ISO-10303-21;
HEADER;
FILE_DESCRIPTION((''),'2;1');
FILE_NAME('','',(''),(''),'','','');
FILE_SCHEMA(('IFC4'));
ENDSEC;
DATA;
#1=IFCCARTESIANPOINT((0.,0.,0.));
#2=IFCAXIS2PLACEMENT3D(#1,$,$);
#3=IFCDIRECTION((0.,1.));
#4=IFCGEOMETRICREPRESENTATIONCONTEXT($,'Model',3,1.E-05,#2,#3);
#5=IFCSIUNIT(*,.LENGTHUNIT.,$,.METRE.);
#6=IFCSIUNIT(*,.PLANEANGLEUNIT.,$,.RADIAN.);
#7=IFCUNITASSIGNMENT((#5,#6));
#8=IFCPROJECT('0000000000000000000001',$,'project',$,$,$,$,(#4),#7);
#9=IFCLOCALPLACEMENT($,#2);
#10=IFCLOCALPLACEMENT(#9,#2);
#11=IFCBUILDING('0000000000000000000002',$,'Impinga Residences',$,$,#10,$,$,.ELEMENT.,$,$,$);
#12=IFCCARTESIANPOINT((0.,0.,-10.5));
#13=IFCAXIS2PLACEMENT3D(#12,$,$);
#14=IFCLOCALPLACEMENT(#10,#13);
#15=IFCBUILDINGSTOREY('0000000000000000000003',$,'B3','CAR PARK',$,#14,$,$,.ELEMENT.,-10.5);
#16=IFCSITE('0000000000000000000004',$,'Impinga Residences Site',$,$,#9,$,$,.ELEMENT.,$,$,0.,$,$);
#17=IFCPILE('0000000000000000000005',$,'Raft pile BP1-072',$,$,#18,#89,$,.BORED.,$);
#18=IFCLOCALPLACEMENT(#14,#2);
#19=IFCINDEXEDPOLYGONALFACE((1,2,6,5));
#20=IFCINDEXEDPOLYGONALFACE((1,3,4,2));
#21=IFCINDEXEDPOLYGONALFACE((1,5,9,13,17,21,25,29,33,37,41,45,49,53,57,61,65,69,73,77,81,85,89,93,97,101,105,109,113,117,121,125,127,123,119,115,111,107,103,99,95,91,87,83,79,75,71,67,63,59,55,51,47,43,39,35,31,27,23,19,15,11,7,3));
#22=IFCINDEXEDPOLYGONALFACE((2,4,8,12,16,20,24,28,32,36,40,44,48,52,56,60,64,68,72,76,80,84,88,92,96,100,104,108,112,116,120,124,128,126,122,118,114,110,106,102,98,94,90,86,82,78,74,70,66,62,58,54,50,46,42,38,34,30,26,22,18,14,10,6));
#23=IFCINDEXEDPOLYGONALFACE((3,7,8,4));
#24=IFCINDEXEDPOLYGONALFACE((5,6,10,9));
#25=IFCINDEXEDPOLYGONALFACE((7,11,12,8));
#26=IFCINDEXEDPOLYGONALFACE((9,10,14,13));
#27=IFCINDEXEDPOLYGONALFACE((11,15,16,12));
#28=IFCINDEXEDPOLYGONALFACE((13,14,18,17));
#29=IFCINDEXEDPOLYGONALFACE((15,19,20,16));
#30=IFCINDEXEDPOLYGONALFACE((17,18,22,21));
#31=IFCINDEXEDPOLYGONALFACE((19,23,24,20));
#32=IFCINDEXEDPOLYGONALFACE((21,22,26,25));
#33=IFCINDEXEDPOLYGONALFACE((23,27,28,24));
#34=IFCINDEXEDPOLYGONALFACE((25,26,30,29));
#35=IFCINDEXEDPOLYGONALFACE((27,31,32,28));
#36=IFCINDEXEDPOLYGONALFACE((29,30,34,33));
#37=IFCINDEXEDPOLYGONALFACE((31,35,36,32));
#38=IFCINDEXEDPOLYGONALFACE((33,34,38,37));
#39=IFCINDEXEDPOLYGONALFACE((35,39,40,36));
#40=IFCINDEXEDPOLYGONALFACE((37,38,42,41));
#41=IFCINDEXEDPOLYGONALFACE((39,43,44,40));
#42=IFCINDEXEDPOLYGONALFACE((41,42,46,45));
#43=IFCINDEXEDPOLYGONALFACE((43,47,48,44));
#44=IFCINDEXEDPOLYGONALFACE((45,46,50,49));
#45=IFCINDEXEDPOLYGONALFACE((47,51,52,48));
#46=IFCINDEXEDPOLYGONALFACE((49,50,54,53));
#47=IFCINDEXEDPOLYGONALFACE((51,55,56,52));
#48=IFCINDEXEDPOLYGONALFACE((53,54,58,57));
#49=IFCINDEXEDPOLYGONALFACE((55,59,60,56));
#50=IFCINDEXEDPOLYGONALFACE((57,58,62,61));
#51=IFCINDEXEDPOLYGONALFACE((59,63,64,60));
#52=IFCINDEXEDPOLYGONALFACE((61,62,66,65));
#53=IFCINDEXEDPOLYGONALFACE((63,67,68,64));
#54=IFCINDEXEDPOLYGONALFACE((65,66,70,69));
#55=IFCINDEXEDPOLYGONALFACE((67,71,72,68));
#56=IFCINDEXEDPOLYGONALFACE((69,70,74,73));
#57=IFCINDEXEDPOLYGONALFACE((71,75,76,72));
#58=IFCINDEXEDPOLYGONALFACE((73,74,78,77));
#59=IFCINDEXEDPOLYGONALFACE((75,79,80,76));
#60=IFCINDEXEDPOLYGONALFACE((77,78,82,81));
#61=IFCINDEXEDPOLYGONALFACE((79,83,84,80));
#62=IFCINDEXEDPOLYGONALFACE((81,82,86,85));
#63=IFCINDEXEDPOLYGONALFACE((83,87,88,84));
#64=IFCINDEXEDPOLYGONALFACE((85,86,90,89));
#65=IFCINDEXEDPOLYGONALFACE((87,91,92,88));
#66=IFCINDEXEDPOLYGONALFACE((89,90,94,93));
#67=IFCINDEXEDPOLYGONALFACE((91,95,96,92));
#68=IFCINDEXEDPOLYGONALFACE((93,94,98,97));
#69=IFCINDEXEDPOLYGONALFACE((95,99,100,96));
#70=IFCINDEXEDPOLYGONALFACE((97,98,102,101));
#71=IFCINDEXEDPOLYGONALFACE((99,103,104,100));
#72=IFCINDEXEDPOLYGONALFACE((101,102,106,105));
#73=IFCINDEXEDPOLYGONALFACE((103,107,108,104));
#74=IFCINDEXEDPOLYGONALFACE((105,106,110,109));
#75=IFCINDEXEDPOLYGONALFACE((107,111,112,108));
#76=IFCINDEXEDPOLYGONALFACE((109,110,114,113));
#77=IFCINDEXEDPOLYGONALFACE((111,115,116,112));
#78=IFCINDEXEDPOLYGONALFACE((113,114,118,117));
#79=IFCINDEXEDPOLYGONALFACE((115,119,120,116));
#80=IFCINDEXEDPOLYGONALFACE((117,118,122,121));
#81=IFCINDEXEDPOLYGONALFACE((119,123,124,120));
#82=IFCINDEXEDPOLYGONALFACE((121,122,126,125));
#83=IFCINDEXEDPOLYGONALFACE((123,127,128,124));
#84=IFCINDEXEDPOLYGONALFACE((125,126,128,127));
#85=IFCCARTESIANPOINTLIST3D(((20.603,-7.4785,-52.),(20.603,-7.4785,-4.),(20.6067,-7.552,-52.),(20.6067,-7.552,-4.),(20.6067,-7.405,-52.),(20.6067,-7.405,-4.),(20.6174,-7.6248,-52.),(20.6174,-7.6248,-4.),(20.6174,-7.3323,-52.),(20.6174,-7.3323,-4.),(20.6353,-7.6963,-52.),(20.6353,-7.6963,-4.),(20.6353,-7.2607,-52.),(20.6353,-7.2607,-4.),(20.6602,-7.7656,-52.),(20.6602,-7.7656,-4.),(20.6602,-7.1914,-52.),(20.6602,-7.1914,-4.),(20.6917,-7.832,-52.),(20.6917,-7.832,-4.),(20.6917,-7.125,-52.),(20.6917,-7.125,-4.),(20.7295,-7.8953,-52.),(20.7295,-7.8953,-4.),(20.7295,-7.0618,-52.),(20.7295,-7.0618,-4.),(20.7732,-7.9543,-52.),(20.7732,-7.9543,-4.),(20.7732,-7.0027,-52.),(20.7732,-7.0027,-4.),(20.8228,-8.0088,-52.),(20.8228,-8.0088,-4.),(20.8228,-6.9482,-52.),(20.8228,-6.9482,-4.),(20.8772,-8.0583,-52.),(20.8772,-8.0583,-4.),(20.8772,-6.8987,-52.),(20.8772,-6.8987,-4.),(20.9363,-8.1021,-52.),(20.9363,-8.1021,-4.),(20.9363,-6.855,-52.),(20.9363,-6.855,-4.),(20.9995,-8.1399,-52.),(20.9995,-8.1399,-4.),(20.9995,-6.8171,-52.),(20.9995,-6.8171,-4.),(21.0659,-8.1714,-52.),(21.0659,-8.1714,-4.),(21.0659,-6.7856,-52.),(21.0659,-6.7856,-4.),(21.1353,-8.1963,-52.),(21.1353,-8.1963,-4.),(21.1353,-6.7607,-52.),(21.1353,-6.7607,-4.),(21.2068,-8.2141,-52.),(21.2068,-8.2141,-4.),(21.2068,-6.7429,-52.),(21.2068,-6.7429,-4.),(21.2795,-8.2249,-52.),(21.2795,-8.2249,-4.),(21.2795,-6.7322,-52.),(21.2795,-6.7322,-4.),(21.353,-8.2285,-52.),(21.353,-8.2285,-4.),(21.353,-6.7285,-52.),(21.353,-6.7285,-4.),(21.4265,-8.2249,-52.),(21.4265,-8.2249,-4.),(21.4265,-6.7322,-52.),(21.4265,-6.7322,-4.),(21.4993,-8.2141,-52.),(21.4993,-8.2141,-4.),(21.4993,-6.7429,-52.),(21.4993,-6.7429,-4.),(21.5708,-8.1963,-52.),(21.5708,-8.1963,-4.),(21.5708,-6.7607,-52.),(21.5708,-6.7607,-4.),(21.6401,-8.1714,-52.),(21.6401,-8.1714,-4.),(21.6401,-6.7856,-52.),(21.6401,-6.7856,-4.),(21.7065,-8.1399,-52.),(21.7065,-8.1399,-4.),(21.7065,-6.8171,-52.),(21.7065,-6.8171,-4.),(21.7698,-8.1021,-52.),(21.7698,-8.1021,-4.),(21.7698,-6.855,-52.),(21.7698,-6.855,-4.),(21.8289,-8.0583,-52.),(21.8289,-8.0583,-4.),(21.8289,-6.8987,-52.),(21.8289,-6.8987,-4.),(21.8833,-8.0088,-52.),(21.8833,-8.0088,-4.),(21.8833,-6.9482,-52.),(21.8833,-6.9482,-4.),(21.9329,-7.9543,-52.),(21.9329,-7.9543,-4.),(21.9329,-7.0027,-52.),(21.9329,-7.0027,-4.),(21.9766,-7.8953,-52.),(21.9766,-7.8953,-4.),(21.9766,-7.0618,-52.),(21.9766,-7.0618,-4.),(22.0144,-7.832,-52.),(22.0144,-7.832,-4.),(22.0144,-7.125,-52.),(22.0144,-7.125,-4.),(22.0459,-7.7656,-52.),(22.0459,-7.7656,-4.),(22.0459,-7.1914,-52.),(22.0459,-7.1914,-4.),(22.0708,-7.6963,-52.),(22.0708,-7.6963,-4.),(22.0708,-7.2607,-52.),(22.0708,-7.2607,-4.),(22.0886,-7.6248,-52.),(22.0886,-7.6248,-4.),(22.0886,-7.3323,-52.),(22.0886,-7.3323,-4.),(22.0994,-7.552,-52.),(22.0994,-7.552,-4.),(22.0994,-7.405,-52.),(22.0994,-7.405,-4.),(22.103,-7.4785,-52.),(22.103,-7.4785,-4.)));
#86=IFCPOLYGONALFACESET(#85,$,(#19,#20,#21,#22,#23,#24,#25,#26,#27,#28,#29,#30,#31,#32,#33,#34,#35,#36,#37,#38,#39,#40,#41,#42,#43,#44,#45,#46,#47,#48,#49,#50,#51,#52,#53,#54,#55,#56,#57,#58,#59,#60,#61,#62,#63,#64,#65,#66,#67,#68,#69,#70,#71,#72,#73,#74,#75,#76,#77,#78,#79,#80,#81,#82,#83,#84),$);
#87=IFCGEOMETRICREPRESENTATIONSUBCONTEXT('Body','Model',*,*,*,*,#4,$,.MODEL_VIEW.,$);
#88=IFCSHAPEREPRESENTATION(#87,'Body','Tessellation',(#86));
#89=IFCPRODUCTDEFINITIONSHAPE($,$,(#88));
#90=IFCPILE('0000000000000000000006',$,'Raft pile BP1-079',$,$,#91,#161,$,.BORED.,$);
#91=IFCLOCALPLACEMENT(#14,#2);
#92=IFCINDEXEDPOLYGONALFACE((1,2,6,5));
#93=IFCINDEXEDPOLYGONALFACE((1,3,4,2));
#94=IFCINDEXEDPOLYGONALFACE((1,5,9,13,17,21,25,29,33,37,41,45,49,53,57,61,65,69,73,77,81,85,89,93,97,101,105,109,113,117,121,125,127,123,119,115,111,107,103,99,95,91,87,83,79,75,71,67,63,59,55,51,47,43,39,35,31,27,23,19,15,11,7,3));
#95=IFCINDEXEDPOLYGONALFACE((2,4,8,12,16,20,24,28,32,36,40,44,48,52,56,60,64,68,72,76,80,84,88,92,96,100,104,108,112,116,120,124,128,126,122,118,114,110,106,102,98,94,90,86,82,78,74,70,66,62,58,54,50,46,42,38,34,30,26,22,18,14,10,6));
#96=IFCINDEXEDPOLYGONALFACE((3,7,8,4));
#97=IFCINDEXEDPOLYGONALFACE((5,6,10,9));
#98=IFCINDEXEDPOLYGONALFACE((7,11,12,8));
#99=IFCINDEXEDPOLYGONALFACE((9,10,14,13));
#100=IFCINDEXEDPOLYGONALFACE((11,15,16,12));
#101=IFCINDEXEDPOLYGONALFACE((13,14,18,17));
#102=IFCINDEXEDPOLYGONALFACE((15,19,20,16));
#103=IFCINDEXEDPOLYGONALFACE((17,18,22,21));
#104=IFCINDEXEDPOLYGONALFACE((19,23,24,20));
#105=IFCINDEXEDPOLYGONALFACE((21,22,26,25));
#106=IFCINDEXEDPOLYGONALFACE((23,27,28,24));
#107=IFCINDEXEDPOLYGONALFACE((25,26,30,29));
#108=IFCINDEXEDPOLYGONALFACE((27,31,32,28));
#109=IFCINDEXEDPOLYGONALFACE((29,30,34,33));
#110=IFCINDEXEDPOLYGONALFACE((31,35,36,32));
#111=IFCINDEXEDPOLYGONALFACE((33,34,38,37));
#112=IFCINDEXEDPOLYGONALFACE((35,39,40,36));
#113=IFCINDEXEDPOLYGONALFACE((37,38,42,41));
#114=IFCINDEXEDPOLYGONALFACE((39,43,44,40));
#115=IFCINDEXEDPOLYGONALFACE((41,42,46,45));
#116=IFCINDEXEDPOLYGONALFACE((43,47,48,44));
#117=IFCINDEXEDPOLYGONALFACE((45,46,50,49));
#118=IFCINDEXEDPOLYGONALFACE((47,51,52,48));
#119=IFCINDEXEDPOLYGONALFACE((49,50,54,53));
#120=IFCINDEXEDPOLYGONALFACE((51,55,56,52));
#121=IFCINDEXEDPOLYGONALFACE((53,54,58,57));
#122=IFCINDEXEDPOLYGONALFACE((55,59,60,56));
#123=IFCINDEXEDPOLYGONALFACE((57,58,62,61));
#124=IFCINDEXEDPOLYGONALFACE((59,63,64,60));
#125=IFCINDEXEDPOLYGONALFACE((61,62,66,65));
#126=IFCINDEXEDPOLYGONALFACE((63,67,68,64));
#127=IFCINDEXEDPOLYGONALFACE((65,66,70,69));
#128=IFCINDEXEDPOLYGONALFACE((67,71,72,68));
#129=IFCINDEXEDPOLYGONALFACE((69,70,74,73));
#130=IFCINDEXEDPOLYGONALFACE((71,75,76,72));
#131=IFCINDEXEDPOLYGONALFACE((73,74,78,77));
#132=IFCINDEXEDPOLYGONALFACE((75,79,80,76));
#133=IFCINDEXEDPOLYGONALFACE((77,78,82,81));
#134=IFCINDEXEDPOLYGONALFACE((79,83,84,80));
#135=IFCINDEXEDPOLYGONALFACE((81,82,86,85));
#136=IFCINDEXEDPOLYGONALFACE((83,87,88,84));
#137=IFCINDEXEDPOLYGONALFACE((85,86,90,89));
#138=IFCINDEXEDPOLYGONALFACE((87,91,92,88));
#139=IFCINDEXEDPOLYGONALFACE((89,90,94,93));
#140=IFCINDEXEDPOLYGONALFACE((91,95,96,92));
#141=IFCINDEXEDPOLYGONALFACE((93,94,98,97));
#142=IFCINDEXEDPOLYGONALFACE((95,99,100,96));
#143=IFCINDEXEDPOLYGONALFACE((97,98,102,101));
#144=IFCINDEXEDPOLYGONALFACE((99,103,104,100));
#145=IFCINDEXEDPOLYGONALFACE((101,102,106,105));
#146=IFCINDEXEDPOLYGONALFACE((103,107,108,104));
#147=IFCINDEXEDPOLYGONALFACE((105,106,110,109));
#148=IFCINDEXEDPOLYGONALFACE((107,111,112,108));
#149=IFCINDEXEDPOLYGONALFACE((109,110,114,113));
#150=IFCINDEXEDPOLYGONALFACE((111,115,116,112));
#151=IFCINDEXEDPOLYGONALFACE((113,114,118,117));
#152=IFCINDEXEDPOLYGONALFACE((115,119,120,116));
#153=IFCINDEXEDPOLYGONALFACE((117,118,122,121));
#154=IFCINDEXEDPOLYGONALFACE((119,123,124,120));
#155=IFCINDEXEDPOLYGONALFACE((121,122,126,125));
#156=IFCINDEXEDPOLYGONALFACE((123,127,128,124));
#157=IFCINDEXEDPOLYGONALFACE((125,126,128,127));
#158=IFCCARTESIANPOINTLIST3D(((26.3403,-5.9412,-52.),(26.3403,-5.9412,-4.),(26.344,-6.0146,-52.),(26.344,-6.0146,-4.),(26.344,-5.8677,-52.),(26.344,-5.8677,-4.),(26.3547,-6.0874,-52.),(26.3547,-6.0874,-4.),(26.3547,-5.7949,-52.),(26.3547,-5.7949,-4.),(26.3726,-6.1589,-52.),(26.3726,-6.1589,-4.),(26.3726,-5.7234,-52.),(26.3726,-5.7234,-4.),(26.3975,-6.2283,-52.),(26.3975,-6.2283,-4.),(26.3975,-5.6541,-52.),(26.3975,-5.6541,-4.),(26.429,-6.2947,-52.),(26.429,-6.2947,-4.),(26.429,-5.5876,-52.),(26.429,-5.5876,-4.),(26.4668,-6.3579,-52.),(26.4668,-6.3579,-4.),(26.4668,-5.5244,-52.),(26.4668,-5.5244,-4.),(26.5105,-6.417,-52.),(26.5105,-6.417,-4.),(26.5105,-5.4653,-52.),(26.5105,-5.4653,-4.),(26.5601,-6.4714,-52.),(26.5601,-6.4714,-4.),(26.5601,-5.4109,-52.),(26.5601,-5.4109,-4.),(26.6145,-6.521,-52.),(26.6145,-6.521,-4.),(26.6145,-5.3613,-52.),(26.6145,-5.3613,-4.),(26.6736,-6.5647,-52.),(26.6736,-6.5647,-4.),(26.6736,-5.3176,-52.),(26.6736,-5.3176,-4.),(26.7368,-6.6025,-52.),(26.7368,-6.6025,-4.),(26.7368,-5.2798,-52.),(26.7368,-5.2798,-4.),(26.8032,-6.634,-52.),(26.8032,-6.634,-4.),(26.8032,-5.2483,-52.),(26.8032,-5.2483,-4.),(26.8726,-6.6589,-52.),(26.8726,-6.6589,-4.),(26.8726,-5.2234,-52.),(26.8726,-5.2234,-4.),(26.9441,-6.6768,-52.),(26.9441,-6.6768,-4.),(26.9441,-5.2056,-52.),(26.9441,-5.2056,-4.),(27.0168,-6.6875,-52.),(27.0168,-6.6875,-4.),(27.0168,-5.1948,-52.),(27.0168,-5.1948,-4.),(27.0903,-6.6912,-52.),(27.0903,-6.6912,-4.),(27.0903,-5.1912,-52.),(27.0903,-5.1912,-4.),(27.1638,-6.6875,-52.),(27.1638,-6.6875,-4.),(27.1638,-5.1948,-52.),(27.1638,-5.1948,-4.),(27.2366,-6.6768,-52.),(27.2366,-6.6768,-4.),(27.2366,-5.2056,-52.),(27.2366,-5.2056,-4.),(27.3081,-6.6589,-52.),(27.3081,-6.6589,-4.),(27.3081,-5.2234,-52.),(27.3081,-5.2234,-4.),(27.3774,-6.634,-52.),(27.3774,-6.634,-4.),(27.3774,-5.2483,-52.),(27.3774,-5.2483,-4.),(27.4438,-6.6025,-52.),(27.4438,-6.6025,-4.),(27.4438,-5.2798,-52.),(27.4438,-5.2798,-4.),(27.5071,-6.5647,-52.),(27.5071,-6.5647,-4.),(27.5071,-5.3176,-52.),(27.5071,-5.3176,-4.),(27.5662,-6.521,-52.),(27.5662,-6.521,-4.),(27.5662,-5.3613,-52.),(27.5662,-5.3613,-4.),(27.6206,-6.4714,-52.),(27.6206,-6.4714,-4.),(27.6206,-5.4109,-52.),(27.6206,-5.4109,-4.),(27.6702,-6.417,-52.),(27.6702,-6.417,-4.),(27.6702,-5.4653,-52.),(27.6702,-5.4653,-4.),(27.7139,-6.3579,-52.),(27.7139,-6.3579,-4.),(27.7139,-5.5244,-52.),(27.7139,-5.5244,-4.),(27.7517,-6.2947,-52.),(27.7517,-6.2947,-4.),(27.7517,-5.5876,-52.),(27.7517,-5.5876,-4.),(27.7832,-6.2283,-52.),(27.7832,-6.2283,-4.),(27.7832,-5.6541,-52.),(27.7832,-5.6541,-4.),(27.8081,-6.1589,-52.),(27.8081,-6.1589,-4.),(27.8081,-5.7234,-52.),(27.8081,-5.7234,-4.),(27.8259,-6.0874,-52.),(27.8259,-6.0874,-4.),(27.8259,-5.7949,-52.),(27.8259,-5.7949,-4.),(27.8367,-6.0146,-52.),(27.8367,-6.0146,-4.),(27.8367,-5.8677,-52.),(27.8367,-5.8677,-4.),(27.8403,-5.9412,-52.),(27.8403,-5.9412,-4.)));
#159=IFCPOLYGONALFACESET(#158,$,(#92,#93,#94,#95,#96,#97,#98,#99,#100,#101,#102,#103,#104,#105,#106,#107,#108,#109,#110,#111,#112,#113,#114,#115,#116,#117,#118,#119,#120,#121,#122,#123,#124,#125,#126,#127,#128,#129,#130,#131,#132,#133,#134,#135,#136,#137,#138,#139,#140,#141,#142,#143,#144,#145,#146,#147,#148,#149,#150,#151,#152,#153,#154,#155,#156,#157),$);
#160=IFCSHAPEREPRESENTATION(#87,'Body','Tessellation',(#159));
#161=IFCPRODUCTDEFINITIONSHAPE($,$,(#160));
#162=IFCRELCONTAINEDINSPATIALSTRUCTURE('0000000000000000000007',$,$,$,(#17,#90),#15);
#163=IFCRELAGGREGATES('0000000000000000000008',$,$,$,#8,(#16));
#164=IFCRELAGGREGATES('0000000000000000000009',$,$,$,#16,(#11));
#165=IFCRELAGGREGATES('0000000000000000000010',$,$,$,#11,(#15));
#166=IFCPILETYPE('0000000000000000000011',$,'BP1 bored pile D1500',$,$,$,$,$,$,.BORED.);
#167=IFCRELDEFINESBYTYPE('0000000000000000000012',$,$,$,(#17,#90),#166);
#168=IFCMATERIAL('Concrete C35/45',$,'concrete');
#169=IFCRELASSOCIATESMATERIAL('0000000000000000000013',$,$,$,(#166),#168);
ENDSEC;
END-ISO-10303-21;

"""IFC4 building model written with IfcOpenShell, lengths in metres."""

from ifc_helpers import new_model, si_unit, direction, frame, origin, origin_2d, place, context, subcontext, project, spatial, polyline, circle, outline, extrude, material, material_profile, profile_set, type_object, element, save


model = new_model("IFC4")

# Units and contexts
model_context = context("Model", 3, precision=1e-05, world=origin(), true_north=direction((0.0, 1.0)))
body_context = subcontext(model_context, "Body", "Model", "MODEL_VIEW")
ifc_project = project(units=[si_unit("LENGTHUNIT", "METRE"), si_unit("PLANEANGLEUNIT", "RADIAN")], contexts=[model_context])

# Site, building, storey
site_placement = place(None, origin())
site = spatial("IfcSite", under=ifc_project, at=site_placement, Name="Impinga Residences Site", CompositionType="ELEMENT", RefElevation=0.0)
building_placement = place(site_placement, origin())
building = spatial("IfcBuilding", under=site, at=building_placement, Name="Impinga Residences", CompositionType="ELEMENT")
storey_placement = place(building_placement, frame((0.0, 0.0, -10.5)))
storey = spatial("IfcBuildingStorey", under=building, at=storey_placement, Name="B3", Description="CAR PARK", CompositionType="ELEMENT", Elevation=-10.5)

# Piles
ifc_material_1 = material(Name="Concrete C35/45", Category="concrete")
ifc_material_profile_1 = material_profile(ifc_material_1, circle(Radius=0.75, at=origin_2d()), Name="D1500")
ifc_profile_set_1 = profile_set([ifc_material_profile_1], Name="Concrete C35/45")
pile_type = type_object("IfcPileType", Name="BP1 bored pile D1500", PredefinedType="BORED", material=ifc_profile_set_1)
pile_1_placement = place(storey_placement, frame((21.353, -7.4785, -4.0), z_axis=(0.0, 0.0, -1.0), x_axis=(1.0, 0.0, 0.0)))
element("IfcPile", 1, at=pile_1_placement, inside=storey, type_object=pile_type, Name="Raft pile BP1-072", PredefinedType="BORED", context=body_context, shape_type="SweptSolid", body=[
    extrude(outline(polyline([(0.75, 0.0), (0.7463, 0.0735), (0.7356, 0.1462), (0.7178, 0.2178), (0.6929, 0.2871), (0.6614, 0.3535), (0.6235, 0.4167), (0.5798, 0.4758), (0.5303, 0.5303), (0.4758, 0.5798), (0.4167, 0.6235), (0.3535, 0.6614), (0.2871, 0.6929), (0.2178, 0.7178), (0.1462, 0.7356), (0.0735, 0.7463), (0.0, 0.75), (-0.0735, 0.7463), (-0.1462, 0.7356), (-0.2178, 0.7178), (-0.2871, 0.6929), (-0.3535, 0.6614), (-0.4167, 0.6235), (-0.4758, 0.5798), (-0.5303, 0.5303), (-0.5798, 0.4758), (-0.6235, 0.4167), (-0.6614, 0.3535), (-0.6929, 0.2871), (-0.7178, 0.2178), (-0.7356, 0.1462), (-0.7463, 0.0735), (-0.75, 0.0), (-0.7463, -0.0735), (-0.7356, -0.1462), (-0.7178, -0.2178), (-0.6929, -0.2871), (-0.6614, -0.3535), (-0.6235, -0.4167), (-0.5798, -0.4758), (-0.5303, -0.5303), (-0.4758, -0.5798), (-0.4167, -0.6235), (-0.3535, -0.6614), (-0.2871, -0.6929), (-0.2178, -0.7178), (-0.1462, -0.7356), (-0.0735, -0.7463), (0.0, -0.75), (0.0735, -0.7463), (0.1462, -0.7356), (0.2178, -0.7178), (0.2871, -0.6929), (0.3535, -0.6614), (0.4167, -0.6235), (0.4758, -0.5798), (0.5303, -0.5303), (0.5798, -0.4758), (0.6235, -0.4167), (0.6614, -0.3535), (0.6929, -0.2871), (0.7178, -0.2178), (0.7356, -0.1462), (0.7463, -0.0735), (0.75, 0.0)])), origin(), (0.0, 0.0, 1.0), 48.0),
])
pile_2_placement = place(storey_placement, frame((27.0903, -5.9412, -4.0), z_axis=(0.0, 0.0, -1.0), x_axis=(1.0, 0.0, 0.0)))
element("IfcPile", 2, at=pile_2_placement, inside=storey, type_object=pile_type, Name="Raft pile BP1-079", PredefinedType="BORED", context=body_context, shape_type="SweptSolid", body=[
    extrude(outline(polyline([(0.75, 0.0), (0.7463, 0.0735), (0.7356, 0.1462), (0.7178, 0.2178), (0.6929, 0.2871), (0.6614, 0.3535), (0.6235, 0.4167), (0.5798, 0.4758), (0.5303, 0.5303), (0.4758, 0.5798), (0.4167, 0.6235), (0.3535, 0.6614), (0.2871, 0.6929), (0.2178, 0.7178), (0.1462, 0.7356), (0.0735, 0.7463), (0.0, 0.75), (-0.0735, 0.7463), (-0.1462, 0.7356), (-0.2178, 0.7178), (-0.2871, 0.6929), (-0.3535, 0.6614), (-0.4167, 0.6235), (-0.4758, 0.5798), (-0.5303, 0.5303), (-0.5798, 0.4758), (-0.6235, 0.4167), (-0.6614, 0.3535), (-0.6929, 0.2871), (-0.7178, 0.2178), (-0.7356, 0.1462), (-0.7463, 0.0735), (-0.75, 0.0), (-0.7463, -0.0735), (-0.7356, -0.1462), (-0.7178, -0.2178), (-0.6929, -0.2871), (-0.6614, -0.3535), (-0.6235, -0.4167), (-0.5798, -0.4758), (-0.5303, -0.5303), (-0.4758, -0.5798), (-0.4167, -0.6235), (-0.3535, -0.6614), (-0.2871, -0.6929), (-0.2178, -0.7178), (-0.1462, -0.7356), (-0.0735, -0.7463), (0.0, -0.75), (0.0735, -0.7463), (0.1462, -0.7356), (0.2178, -0.7178), (0.2871, -0.6929), (0.3535, -0.6614), (0.4167, -0.6235), (0.4758, -0.5798), (0.5303, -0.5303), (0.5798, -0.4758), (0.6235, -0.4167), (0.6614, -0.3535), (0.6929, -0.2871), (0.7178, -0.2178), (0.7356, -0.1462), (0.7463, -0.0735), (0.75, 0.0)])), origin(), (0.0, 0.0, 1.0), 48.0),
])

save(model, "model.ifc")
